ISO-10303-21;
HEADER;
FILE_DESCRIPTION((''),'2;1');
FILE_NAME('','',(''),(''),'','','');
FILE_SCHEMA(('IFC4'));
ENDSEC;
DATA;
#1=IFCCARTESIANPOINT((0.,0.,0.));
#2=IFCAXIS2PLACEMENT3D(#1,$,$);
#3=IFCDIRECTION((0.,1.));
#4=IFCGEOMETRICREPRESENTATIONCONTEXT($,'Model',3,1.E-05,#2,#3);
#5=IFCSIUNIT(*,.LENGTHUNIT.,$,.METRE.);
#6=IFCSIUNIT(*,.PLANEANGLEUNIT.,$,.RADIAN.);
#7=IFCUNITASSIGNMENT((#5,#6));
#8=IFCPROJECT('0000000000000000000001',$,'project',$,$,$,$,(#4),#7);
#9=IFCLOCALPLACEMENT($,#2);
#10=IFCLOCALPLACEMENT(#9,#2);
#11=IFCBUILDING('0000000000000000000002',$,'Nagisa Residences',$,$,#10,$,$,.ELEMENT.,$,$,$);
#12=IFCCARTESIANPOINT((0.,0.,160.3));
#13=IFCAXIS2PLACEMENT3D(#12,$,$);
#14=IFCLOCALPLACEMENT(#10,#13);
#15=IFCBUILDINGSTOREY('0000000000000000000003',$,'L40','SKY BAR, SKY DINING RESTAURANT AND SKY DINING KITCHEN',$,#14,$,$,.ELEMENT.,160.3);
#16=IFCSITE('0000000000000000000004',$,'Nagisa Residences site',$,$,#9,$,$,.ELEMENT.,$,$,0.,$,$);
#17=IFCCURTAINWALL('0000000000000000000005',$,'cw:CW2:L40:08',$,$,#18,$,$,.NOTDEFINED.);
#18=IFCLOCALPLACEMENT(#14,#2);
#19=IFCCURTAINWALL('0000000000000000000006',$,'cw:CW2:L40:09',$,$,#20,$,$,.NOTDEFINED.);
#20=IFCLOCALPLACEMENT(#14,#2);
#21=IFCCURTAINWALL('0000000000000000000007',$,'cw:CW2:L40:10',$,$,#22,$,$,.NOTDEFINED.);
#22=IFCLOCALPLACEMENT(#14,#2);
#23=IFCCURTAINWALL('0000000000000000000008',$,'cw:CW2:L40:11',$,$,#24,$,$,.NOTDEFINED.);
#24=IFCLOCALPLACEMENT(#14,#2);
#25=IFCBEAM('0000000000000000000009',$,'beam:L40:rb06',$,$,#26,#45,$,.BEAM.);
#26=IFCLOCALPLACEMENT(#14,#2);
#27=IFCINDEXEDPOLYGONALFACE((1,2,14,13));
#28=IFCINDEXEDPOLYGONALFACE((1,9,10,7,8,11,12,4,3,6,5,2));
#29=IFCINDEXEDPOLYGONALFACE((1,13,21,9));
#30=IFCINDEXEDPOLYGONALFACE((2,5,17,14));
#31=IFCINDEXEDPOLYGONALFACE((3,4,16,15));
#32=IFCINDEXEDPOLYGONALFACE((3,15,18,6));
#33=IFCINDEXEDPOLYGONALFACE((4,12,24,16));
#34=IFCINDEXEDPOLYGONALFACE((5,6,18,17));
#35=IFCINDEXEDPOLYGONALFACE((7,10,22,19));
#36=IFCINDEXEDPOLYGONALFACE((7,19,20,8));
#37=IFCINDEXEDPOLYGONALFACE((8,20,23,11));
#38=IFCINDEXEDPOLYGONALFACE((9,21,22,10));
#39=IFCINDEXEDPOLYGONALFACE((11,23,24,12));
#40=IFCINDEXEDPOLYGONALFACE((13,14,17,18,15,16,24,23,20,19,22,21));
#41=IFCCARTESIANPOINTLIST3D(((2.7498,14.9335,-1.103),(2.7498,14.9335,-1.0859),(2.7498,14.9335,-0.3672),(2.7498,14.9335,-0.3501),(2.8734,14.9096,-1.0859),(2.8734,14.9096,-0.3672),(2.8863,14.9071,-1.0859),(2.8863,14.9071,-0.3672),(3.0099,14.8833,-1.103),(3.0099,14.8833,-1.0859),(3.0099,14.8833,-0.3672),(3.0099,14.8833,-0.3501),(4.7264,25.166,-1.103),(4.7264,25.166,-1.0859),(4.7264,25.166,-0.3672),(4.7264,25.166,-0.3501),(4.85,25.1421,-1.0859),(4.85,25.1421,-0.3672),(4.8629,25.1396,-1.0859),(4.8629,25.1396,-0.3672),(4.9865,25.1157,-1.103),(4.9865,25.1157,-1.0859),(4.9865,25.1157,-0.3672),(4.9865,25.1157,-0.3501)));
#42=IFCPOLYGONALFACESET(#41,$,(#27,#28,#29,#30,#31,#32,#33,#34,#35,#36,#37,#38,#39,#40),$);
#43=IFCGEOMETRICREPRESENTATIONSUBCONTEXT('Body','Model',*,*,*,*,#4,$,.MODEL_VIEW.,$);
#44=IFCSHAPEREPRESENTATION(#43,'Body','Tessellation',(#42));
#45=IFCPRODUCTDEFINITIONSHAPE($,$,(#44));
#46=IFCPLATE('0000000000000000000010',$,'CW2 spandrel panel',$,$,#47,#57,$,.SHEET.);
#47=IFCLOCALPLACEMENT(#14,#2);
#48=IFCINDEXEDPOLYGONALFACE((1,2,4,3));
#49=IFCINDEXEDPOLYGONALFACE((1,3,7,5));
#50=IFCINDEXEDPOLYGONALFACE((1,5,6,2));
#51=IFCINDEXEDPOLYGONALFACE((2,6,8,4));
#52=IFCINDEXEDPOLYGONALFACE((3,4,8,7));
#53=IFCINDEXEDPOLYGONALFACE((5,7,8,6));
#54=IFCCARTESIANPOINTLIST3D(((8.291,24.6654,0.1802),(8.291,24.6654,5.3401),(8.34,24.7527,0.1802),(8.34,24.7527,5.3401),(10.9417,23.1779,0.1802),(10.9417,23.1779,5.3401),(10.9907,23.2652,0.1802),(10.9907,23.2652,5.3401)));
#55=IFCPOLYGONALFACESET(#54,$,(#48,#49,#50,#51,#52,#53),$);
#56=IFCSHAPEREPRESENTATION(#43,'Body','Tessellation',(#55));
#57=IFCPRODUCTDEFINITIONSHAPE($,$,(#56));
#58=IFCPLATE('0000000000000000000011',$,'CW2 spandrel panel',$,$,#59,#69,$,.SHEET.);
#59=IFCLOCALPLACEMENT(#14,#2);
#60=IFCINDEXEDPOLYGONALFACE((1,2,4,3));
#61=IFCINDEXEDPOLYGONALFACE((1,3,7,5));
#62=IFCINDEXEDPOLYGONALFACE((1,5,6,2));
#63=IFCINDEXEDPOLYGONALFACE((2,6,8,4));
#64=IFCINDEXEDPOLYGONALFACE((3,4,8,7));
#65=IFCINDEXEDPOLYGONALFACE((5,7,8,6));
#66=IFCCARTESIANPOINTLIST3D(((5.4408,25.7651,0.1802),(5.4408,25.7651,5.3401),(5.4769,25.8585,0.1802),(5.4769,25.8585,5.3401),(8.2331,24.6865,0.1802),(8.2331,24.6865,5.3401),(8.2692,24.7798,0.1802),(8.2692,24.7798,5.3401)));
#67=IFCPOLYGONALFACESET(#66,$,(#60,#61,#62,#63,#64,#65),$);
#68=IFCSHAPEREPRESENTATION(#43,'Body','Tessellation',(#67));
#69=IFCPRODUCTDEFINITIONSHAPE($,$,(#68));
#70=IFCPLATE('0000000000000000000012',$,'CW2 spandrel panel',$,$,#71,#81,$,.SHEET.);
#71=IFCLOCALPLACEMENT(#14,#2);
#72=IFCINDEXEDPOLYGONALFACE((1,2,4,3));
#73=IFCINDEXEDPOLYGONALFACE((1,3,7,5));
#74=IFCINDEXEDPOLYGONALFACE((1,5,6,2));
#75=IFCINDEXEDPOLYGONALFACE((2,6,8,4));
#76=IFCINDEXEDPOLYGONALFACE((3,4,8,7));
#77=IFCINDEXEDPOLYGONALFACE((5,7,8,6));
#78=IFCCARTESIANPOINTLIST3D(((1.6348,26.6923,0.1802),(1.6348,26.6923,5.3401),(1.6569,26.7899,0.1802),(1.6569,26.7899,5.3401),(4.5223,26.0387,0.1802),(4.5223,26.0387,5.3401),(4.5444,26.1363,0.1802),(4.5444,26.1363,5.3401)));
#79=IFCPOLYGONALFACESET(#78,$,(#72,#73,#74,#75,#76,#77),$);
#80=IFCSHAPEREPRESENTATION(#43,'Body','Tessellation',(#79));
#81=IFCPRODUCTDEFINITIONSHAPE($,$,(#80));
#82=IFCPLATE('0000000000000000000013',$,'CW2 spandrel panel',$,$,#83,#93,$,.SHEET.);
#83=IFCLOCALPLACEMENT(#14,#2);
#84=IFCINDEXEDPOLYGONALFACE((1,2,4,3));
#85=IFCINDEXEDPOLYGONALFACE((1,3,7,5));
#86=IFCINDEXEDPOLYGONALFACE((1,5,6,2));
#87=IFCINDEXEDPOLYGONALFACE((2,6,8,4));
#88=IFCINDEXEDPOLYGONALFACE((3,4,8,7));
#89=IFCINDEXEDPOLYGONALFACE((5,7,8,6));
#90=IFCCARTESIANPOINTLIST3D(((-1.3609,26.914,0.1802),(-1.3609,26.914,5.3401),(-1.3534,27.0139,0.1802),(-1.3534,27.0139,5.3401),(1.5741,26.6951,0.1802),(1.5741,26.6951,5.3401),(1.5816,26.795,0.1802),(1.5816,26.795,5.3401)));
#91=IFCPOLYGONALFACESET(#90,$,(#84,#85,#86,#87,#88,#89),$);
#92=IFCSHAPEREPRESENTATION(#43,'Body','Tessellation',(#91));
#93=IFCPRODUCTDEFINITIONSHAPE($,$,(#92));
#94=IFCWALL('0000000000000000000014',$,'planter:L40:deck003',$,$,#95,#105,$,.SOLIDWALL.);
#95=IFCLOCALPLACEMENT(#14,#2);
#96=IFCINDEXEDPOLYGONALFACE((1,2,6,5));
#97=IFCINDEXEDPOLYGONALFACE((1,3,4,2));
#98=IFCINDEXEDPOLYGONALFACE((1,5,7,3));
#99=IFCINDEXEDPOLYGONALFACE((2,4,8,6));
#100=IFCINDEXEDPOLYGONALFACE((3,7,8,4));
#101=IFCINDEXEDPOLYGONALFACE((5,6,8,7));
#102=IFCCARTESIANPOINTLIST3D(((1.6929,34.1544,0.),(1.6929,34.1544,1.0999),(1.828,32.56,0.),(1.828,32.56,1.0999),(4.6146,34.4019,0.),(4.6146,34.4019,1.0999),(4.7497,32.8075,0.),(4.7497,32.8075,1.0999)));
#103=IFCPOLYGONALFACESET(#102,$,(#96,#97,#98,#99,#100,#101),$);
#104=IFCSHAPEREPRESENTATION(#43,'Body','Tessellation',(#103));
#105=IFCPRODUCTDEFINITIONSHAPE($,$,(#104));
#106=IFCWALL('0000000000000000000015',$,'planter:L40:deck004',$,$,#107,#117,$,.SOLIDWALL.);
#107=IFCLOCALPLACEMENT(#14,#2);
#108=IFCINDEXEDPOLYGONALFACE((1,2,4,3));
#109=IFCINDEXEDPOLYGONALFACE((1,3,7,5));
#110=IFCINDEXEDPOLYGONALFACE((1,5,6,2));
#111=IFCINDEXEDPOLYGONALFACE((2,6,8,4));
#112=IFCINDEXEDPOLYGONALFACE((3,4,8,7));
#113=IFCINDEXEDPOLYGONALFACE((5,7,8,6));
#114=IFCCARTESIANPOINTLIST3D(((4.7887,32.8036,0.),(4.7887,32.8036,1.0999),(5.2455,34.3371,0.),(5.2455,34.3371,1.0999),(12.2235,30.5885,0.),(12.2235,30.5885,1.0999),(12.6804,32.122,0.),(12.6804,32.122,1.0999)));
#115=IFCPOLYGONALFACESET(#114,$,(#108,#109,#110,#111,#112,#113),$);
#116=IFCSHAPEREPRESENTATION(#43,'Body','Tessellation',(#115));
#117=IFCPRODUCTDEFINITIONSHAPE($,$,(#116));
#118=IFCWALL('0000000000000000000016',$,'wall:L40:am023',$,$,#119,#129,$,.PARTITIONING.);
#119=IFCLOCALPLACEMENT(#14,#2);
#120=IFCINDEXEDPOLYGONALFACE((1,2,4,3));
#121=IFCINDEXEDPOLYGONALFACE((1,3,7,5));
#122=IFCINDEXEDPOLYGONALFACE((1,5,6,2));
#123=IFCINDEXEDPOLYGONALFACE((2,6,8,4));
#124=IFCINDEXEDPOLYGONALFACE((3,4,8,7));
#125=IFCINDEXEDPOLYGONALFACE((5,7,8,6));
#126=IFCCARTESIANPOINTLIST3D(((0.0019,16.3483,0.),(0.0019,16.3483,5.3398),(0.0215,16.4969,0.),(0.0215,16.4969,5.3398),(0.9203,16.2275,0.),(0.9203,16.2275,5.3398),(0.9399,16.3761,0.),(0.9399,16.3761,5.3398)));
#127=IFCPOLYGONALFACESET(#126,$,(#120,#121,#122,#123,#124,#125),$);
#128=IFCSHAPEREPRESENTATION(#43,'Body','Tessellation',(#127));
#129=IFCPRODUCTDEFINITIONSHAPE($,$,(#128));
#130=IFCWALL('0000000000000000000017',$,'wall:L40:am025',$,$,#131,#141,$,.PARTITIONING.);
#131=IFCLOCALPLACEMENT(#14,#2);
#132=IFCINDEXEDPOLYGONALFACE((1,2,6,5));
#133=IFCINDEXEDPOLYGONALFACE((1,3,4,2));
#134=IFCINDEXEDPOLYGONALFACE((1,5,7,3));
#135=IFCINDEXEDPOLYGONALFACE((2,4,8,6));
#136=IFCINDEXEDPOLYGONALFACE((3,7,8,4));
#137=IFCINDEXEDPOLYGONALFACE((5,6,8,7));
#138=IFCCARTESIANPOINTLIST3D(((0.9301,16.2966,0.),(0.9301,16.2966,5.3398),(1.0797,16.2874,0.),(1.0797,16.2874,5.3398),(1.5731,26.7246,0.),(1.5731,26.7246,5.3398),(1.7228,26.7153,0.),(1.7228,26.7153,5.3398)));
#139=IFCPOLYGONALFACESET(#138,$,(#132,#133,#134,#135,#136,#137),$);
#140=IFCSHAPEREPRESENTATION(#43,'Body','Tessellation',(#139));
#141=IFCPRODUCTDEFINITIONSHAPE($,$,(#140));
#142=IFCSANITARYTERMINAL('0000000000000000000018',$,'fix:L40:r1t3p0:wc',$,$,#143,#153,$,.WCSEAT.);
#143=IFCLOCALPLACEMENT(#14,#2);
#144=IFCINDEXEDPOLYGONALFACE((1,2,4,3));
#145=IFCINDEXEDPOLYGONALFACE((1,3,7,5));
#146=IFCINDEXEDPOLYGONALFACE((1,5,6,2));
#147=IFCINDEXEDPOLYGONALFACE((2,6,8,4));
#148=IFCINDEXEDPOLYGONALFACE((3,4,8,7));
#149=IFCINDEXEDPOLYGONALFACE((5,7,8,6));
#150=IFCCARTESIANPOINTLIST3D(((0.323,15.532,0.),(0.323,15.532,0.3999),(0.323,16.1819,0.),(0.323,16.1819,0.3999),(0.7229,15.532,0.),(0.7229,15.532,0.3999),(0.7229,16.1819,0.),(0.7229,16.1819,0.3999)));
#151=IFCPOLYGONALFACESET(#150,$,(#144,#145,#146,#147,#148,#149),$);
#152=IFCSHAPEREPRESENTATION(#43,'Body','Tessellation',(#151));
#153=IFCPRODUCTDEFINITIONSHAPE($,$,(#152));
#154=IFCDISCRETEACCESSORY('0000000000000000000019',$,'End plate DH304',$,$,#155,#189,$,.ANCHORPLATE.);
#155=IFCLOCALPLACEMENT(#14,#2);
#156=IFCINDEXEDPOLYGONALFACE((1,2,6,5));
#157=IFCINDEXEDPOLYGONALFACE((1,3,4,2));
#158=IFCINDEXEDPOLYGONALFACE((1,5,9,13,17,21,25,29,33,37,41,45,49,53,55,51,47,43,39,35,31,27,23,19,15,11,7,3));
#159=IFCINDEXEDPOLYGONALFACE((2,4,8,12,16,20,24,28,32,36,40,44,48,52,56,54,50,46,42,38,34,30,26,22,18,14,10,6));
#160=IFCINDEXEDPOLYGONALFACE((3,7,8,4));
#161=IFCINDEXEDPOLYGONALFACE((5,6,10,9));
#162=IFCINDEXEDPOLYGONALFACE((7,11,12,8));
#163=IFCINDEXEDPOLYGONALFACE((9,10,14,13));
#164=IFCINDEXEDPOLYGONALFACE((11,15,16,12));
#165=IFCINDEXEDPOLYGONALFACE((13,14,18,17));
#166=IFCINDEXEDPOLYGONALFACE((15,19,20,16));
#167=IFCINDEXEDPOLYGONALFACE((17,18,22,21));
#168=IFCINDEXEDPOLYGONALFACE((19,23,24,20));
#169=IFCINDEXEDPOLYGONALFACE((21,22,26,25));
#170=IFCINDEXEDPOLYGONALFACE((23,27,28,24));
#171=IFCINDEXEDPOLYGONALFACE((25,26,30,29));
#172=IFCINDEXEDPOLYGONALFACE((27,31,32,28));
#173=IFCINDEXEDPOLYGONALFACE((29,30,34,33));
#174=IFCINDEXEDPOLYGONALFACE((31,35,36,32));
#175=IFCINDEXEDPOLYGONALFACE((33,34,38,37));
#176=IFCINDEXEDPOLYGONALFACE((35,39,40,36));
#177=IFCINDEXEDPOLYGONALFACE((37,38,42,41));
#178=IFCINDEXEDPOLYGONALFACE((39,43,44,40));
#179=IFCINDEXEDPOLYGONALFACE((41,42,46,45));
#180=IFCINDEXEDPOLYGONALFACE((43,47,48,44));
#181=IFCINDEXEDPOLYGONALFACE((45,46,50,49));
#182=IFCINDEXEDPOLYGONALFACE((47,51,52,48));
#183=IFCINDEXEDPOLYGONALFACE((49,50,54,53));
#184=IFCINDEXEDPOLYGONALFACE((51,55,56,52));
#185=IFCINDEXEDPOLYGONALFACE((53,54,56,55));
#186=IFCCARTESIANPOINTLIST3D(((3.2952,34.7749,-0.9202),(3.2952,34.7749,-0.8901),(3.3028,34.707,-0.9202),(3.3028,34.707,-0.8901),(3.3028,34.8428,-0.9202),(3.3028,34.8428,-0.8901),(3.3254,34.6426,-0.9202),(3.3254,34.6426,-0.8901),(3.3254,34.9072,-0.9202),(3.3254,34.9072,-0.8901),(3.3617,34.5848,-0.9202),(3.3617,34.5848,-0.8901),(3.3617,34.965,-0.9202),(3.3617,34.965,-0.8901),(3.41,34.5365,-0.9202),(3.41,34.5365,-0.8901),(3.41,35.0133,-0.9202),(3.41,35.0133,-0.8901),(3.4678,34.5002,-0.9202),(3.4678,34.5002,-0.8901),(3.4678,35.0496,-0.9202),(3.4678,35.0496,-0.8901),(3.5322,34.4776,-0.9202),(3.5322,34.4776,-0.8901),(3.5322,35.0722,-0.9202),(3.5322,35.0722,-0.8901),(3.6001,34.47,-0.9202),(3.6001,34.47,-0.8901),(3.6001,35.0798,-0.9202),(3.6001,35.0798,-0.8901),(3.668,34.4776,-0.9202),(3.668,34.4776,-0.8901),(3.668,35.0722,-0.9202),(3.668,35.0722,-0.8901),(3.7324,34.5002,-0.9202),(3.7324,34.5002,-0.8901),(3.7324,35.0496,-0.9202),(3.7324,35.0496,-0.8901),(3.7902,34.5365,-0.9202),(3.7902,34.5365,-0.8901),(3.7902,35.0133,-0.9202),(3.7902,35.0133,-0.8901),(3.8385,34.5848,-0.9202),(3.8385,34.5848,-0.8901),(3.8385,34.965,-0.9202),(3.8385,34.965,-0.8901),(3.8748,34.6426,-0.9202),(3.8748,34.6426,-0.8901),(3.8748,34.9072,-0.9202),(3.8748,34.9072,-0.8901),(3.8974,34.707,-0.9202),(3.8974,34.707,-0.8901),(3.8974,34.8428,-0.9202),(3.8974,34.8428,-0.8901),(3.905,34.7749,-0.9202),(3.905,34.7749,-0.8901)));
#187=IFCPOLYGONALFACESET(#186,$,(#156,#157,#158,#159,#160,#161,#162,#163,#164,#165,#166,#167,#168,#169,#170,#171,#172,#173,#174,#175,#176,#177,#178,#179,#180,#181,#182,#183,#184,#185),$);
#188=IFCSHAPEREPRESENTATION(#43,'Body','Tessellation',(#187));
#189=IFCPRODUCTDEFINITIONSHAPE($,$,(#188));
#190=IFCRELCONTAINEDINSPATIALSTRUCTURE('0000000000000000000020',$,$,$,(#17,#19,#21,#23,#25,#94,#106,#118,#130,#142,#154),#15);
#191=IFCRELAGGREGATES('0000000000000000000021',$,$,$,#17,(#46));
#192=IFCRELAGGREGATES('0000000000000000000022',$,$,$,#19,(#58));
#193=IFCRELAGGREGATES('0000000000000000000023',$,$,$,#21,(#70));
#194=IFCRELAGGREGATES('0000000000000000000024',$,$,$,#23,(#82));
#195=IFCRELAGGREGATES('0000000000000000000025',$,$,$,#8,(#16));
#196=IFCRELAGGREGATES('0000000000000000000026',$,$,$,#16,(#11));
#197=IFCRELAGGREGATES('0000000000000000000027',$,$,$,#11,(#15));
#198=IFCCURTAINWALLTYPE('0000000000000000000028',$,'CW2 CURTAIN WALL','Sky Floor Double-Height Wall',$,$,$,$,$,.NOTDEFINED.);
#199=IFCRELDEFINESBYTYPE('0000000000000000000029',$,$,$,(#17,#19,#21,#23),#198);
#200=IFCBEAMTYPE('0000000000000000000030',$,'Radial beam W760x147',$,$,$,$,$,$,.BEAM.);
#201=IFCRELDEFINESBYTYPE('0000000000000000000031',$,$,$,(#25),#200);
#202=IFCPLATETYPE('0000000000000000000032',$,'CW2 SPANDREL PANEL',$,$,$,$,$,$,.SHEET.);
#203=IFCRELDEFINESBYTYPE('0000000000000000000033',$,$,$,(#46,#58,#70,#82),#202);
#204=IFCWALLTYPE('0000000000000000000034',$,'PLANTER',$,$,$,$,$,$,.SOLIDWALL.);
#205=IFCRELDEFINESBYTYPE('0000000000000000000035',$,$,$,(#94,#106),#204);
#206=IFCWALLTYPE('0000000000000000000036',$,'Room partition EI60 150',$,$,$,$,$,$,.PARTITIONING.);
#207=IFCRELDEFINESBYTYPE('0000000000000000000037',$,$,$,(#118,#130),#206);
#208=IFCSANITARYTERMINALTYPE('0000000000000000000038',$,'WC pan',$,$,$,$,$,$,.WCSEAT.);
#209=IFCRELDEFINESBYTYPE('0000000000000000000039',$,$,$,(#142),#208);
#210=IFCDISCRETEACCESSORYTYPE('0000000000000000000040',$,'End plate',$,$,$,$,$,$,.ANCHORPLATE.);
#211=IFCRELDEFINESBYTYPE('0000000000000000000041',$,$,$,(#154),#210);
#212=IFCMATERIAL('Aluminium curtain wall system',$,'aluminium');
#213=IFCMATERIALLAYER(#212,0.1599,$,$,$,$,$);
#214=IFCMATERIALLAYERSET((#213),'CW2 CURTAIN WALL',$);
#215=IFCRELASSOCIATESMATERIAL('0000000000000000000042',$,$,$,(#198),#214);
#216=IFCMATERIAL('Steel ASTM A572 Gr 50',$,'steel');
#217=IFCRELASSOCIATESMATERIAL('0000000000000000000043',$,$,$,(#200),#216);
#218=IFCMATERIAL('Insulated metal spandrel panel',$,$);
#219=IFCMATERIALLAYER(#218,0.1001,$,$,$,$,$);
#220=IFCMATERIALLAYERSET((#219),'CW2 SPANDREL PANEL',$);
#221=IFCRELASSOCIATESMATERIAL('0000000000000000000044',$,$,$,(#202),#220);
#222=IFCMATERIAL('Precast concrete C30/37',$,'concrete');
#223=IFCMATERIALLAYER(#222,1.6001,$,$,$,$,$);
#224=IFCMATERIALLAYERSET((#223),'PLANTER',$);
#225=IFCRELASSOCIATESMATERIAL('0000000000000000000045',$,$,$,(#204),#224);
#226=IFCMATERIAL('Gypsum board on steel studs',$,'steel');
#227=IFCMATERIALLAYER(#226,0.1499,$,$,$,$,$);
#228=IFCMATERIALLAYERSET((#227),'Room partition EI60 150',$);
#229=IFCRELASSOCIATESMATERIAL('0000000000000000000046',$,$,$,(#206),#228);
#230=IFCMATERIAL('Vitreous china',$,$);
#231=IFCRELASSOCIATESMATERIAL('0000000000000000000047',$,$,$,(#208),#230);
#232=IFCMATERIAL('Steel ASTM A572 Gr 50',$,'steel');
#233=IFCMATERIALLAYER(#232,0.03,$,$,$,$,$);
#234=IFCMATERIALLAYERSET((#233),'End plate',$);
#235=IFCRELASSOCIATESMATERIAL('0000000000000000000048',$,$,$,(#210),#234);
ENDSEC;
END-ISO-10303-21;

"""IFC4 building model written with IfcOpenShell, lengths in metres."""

from ifc_helpers import new_model, si_unit, direction, frame, frame_2d, origin, origin_2d, place, context, subcontext, project, spatial, rectangle, circle, i_section, extrude, material, layer, layer_set, material_profile, profile_set, type_object, element, aggregate, save


model = new_model("IFC4")

# Units and contexts
model_context = context("Model", 3, precision=1e-05, world=origin(), true_north=direction((0.0, 1.0)))
body_context = subcontext(model_context, "Body", "Model", "MODEL_VIEW")
ifc_project = project(units=[si_unit("LENGTHUNIT", "METRE"), si_unit("PLANEANGLEUNIT", "RADIAN")], contexts=[model_context])

# Site, building, storey
site_placement = place(None, origin())
site = spatial("IfcSite", under=ifc_project, at=site_placement, Name="Nagisa Residences site", CompositionType="ELEMENT", RefElevation=0.0)
building_placement = place(site_placement, origin())
building = spatial("IfcBuilding", under=site, at=building_placement, Name="Nagisa Residences", CompositionType="ELEMENT")
storey_placement = place(building_placement, frame((0.0, 0.0, 160.3)))
storey = spatial("IfcBuildingStorey", under=building, at=storey_placement, Name="L40", Description="SKY BAR, SKY DINING RESTAURANT AND SKY DINING KITCHEN", CompositionType="ELEMENT", Elevation=160.3)

# Curtain walls
ifc_material_1 = material(Name="Aluminium curtain wall system", Category="aluminium")
ifc_layer_1 = layer(ifc_material_1, 0.1599)
ifc_layer_set_1 = layer_set([ifc_layer_1], Name="CW2 CURTAIN WALL")
curtain_wall_type = type_object("IfcCurtainWallType", Name="CW2 CURTAIN WALL", Description="Sky Floor Double-Height Wall", PredefinedType="NOTDEFINED", material=ifc_layer_set_1)
curtain_wall_1_placement = place(storey_placement, origin())
curtain_wall_1 = element("IfcCurtainWall", 1, at=curtain_wall_1_placement, inside=storey, type_object=curtain_wall_type, Name="cw:CW2:L40:08", PredefinedType="NOTDEFINED")
curtain_wall_2_placement = place(storey_placement, origin())
curtain_wall_2 = element("IfcCurtainWall", 2, at=curtain_wall_2_placement, inside=storey, type_object=curtain_wall_type, Name="cw:CW2:L40:09", PredefinedType="NOTDEFINED")
curtain_wall_3_placement = place(storey_placement, origin())
curtain_wall_3 = element("IfcCurtainWall", 3, at=curtain_wall_3_placement, inside=storey, type_object=curtain_wall_type, Name="cw:CW2:L40:10", PredefinedType="NOTDEFINED")
curtain_wall_4_placement = place(storey_placement, origin())
curtain_wall_4 = element("IfcCurtainWall", 4, at=curtain_wall_4_placement, inside=storey, type_object=curtain_wall_type, Name="cw:CW2:L40:11", PredefinedType="NOTDEFINED")

# Beam
ifc_material_2 = material(Name="Steel ASTM A572 Gr 50", Category="steel")
ifc_material_profile_1 = material_profile(ifc_material_2, i_section(OverallWidth=0.2649, OverallDepth=0.7529, WebThickness=0.0132, FlangeThickness=0.0171, at=origin_2d()), Name="W760x147")
ifc_profile_set_1 = profile_set([ifc_material_profile_1], Name="Steel ASTM A572 Gr 50")
beam_type_1 = type_object("IfcBeamType", Name="Radial beam W760x147", PredefinedType="BEAM", material=ifc_profile_set_1)
beam_1_placement = place(storey_placement, frame((4.8564, 25.1409, -0.7266), z_axis=(-0.189661, -0.98185, 0.0), x_axis=(0.98185, -0.189661, 0.0)))
element("IfcBeam", 5, at=beam_1_placement, inside=storey, type_object=beam_type_1, Name="beam:L40:rb06", PredefinedType="BEAM", context=body_context, shape_type="SweptSolid", body=[
    extrude(i_section(OverallWidth=0.2649, OverallDepth=0.7529, WebThickness=0.0132, FlangeThickness=0.0171, at=origin_2d()), origin(), (0.0, 0.0, 1.0), 10.4216),
])

# Plates
ifc_material_3 = material(Name="Insulated metal spandrel panel")
ifc_layer_2 = layer(ifc_material_3, 0.1001)
ifc_layer_set_2 = layer_set([ifc_layer_2], Name="CW2 SPANDREL PANEL")
plate_type = type_object("IfcPlateType", Name="CW2 SPANDREL PANEL", PredefinedType="SHEET", material=ifc_layer_set_2)
plate_1_placement = place(storey_placement, frame((9.6409, 23.9653, 0.1802), z_axis=(0.0, 0.0, 1.0), x_axis=(-0.872072, 0.489377, 0.0)))
plate_1 = element("IfcPlate", 6, at=plate_1_placement, type_object=plate_type, Name="CW2 spandrel panel", PredefinedType="SHEET", context=body_context, shape_type="SweptSolid", body=[
    extrude(rectangle(XDim=3.0396, YDim=0.1001, at=origin_2d()), origin(), (0.0, 0.0, 1.0), 5.1599),
])
aggregate(curtain_wall_1, [plate_1])
plate_2_placement = place(storey_placement, frame((6.855, 25.2725, 0.1802), z_axis=(0.0, 0.0, 1.0), x_axis=(-0.932826, 0.360328, 0.0)))
plate_2 = element("IfcPlate", 7, at=plate_2_placement, type_object=plate_type, Name="CW2 spandrel panel", PredefinedType="SHEET", context=body_context, shape_type="SweptSolid", body=[
    extrude(rectangle(XDim=2.9934, YDim=0.1001, at=origin_2d()), origin(), (0.0, 0.0, 1.0), 5.1599),
])
aggregate(curtain_wall_2, [plate_2])
plate_3_placement = place(storey_placement, frame((3.0896, 26.4143, 0.1802), z_axis=(0.0, 0.0, 1.0), x_axis=(-0.975327, 0.220764, 0.0)))
plate_3 = element("IfcPlate", 8, at=plate_3_placement, type_object=plate_type, Name="CW2 spandrel panel", PredefinedType="SHEET", context=body_context, shape_type="SweptSolid", body=[
    extrude(rectangle(XDim=2.9604, YDim=0.1001, at=origin_2d()), origin(), (0.0, 0.0, 1.0), 5.1599),
])
aggregate(curtain_wall_3, [plate_3])
plate_4_placement = place(storey_placement, frame((0.1104, 26.8545, 0.1802), z_axis=(0.0, 0.0, 1.0), x_axis=(-0.99723, 0.074377, 0.0)))
plate_4 = element("IfcPlate", 9, at=plate_4_placement, type_object=plate_type, Name="CW2 spandrel panel", PredefinedType="SHEET", context=body_context, shape_type="SweptSolid", body=[
    extrude(rectangle(XDim=2.9431, YDim=0.1001, at=origin_2d()), origin(), (0.0, 0.0, 1.0), 5.1599),
])
aggregate(curtain_wall_4, [plate_4])

# Walls
ifc_material_4 = material(Name="Precast concrete C30/37", Category="concrete")
ifc_layer_3 = layer(ifc_material_4, 1.6001)
ifc_layer_set_3 = layer_set([ifc_layer_3], Name="PLANTER")
wall_type_1 = type_object("IfcWallType", Name="PLANTER", PredefinedType="SOLIDWALL", material=ifc_layer_set_3)
wall_1_placement = place(storey_placement, frame((1.7605, 33.3572, 0.0), z_axis=(0.0, 0.0, 1.0), x_axis=(0.996429, 0.08443, 0.0)))
element("IfcWall", 10, at=wall_1_placement, inside=storey, type_object=wall_type_1, Name="planter:L40:deck003", PredefinedType="SOLIDWALL", context=body_context, shape_type="SweptSolid", body=[
    extrude(rectangle(XDim=2.9321, YDim=1.6001, at=frame_2d((1.4661, 0.0))), origin(), (0.0, 0.0, 1.0), 1.0999),
])
wall_2_placement = place(storey_placement, frame((5.0171, 33.5703, 0.0), z_axis=(0.0, 0.0, 1.0), x_axis=(0.958369, -0.285531, 0.0)))
element("IfcWall", 11, at=wall_2_placement, inside=storey, type_object=wall_type_1, Name="planter:L40:deck004", PredefinedType="SOLIDWALL", context=body_context, shape_type="SweptSolid", body=[
    extrude(rectangle(XDim=7.7578, YDim=1.6001, at=frame_2d((3.8789, 0.0))), origin(), (0.0, 0.0, 1.0), 1.0999),
])
ifc_material_5 = material(Name="Gypsum board on steel studs", Category="steel")
ifc_layer_4 = layer(ifc_material_5, 0.1499)
ifc_layer_set_4 = layer_set([ifc_layer_4], Name="Room partition EI60 150")
wall_type_2 = type_object("IfcWallType", Name="Room partition EI60 150", PredefinedType="PARTITIONING", material=ifc_layer_set_4)
wall_3_placement = place(storey_placement, frame((0.0117, 16.4226, 0.0), z_axis=(0.0, 0.0, 1.0), x_axis=(0.991454, -0.130455, 0.0)))
element("IfcWall", 12, at=wall_3_placement, inside=storey, type_object=wall_type_2, Name="wall:L40:am023", PredefinedType="PARTITIONING", context=body_context, shape_type="SweptSolid", body=[
    extrude(rectangle(XDim=0.9263, YDim=0.1499, at=frame_2d((0.4631, 0.0))), origin(), (0.0, 0.0, 1.0), 5.3398),
])
wall_4_placement = place(storey_placement, frame((1.0049, 16.292, 0.0), z_axis=(0.0, 0.0, 1.0), x_axis=(0.06155, 0.998104, 0.0)))
element("IfcWall", 13, at=wall_4_placement, inside=storey, type_object=wall_type_2, Name="wall:L40:am025", PredefinedType="PARTITIONING", context=body_context, shape_type="SweptSolid", body=[
    extrude(rectangle(XDim=10.4478, YDim=0.1499, at=frame_2d((5.2239, 0.0))), origin(), (0.0, 0.0, 1.0), 5.3398),
])

# Sanitary terminal
ifc_material_6 = material(Name="Vitreous china")
sanitary_terminal_type = type_object("IfcSanitaryTerminalType", Name="WC pan", PredefinedType="WCSEAT", material=ifc_material_6)
sanitary_terminal_placement = place(storey_placement, frame((0.5229, 15.8569, 0.0), z_axis=(0.0, 0.0, 1.0), x_axis=(1.0, 0.0, 0.0)))
element("IfcSanitaryTerminal", 14, at=sanitary_terminal_placement, inside=storey, type_object=sanitary_terminal_type, Name="fix:L40:r1t3p0:wc", PredefinedType="WCSEAT", context=body_context, shape_type="SweptSolid", body=[
    extrude(rectangle(XDim=0.3999, YDim=0.6499, at=origin_2d()), origin(), (0.0, 0.0, 1.0), 0.3999),
])

# Discrete accessory
ifc_material_7 = material(Name="Steel ASTM A572 Gr 50", Category="steel")
ifc_layer_5 = layer(ifc_material_7, 0.03)
ifc_layer_set_5 = layer_set([ifc_layer_5], Name="End plate")
discrete_accessory_type = type_object("IfcDiscreteAccessoryType", Name="End plate", PredefinedType="ANCHORPLATE", material=ifc_layer_set_5)
discrete_accessory_placement = place(storey_placement, frame((3.6001, 34.7749, -0.8901), z_axis=(0.0, 0.0, -1.0), x_axis=(1.0, 0.0, 0.0)))
element("IfcDiscreteAccessory", 15, at=discrete_accessory_placement, inside=storey, type_object=discrete_accessory_type, Name="End plate DH304", PredefinedType="ANCHORPLATE", context=body_context, shape_type="SweptSolid", body=[
    extrude(circle(Radius=0.3049, at=origin_2d()), origin(), (0.0, 0.0, 1.0), 0.03),
])

save(model, "model.ifc")
